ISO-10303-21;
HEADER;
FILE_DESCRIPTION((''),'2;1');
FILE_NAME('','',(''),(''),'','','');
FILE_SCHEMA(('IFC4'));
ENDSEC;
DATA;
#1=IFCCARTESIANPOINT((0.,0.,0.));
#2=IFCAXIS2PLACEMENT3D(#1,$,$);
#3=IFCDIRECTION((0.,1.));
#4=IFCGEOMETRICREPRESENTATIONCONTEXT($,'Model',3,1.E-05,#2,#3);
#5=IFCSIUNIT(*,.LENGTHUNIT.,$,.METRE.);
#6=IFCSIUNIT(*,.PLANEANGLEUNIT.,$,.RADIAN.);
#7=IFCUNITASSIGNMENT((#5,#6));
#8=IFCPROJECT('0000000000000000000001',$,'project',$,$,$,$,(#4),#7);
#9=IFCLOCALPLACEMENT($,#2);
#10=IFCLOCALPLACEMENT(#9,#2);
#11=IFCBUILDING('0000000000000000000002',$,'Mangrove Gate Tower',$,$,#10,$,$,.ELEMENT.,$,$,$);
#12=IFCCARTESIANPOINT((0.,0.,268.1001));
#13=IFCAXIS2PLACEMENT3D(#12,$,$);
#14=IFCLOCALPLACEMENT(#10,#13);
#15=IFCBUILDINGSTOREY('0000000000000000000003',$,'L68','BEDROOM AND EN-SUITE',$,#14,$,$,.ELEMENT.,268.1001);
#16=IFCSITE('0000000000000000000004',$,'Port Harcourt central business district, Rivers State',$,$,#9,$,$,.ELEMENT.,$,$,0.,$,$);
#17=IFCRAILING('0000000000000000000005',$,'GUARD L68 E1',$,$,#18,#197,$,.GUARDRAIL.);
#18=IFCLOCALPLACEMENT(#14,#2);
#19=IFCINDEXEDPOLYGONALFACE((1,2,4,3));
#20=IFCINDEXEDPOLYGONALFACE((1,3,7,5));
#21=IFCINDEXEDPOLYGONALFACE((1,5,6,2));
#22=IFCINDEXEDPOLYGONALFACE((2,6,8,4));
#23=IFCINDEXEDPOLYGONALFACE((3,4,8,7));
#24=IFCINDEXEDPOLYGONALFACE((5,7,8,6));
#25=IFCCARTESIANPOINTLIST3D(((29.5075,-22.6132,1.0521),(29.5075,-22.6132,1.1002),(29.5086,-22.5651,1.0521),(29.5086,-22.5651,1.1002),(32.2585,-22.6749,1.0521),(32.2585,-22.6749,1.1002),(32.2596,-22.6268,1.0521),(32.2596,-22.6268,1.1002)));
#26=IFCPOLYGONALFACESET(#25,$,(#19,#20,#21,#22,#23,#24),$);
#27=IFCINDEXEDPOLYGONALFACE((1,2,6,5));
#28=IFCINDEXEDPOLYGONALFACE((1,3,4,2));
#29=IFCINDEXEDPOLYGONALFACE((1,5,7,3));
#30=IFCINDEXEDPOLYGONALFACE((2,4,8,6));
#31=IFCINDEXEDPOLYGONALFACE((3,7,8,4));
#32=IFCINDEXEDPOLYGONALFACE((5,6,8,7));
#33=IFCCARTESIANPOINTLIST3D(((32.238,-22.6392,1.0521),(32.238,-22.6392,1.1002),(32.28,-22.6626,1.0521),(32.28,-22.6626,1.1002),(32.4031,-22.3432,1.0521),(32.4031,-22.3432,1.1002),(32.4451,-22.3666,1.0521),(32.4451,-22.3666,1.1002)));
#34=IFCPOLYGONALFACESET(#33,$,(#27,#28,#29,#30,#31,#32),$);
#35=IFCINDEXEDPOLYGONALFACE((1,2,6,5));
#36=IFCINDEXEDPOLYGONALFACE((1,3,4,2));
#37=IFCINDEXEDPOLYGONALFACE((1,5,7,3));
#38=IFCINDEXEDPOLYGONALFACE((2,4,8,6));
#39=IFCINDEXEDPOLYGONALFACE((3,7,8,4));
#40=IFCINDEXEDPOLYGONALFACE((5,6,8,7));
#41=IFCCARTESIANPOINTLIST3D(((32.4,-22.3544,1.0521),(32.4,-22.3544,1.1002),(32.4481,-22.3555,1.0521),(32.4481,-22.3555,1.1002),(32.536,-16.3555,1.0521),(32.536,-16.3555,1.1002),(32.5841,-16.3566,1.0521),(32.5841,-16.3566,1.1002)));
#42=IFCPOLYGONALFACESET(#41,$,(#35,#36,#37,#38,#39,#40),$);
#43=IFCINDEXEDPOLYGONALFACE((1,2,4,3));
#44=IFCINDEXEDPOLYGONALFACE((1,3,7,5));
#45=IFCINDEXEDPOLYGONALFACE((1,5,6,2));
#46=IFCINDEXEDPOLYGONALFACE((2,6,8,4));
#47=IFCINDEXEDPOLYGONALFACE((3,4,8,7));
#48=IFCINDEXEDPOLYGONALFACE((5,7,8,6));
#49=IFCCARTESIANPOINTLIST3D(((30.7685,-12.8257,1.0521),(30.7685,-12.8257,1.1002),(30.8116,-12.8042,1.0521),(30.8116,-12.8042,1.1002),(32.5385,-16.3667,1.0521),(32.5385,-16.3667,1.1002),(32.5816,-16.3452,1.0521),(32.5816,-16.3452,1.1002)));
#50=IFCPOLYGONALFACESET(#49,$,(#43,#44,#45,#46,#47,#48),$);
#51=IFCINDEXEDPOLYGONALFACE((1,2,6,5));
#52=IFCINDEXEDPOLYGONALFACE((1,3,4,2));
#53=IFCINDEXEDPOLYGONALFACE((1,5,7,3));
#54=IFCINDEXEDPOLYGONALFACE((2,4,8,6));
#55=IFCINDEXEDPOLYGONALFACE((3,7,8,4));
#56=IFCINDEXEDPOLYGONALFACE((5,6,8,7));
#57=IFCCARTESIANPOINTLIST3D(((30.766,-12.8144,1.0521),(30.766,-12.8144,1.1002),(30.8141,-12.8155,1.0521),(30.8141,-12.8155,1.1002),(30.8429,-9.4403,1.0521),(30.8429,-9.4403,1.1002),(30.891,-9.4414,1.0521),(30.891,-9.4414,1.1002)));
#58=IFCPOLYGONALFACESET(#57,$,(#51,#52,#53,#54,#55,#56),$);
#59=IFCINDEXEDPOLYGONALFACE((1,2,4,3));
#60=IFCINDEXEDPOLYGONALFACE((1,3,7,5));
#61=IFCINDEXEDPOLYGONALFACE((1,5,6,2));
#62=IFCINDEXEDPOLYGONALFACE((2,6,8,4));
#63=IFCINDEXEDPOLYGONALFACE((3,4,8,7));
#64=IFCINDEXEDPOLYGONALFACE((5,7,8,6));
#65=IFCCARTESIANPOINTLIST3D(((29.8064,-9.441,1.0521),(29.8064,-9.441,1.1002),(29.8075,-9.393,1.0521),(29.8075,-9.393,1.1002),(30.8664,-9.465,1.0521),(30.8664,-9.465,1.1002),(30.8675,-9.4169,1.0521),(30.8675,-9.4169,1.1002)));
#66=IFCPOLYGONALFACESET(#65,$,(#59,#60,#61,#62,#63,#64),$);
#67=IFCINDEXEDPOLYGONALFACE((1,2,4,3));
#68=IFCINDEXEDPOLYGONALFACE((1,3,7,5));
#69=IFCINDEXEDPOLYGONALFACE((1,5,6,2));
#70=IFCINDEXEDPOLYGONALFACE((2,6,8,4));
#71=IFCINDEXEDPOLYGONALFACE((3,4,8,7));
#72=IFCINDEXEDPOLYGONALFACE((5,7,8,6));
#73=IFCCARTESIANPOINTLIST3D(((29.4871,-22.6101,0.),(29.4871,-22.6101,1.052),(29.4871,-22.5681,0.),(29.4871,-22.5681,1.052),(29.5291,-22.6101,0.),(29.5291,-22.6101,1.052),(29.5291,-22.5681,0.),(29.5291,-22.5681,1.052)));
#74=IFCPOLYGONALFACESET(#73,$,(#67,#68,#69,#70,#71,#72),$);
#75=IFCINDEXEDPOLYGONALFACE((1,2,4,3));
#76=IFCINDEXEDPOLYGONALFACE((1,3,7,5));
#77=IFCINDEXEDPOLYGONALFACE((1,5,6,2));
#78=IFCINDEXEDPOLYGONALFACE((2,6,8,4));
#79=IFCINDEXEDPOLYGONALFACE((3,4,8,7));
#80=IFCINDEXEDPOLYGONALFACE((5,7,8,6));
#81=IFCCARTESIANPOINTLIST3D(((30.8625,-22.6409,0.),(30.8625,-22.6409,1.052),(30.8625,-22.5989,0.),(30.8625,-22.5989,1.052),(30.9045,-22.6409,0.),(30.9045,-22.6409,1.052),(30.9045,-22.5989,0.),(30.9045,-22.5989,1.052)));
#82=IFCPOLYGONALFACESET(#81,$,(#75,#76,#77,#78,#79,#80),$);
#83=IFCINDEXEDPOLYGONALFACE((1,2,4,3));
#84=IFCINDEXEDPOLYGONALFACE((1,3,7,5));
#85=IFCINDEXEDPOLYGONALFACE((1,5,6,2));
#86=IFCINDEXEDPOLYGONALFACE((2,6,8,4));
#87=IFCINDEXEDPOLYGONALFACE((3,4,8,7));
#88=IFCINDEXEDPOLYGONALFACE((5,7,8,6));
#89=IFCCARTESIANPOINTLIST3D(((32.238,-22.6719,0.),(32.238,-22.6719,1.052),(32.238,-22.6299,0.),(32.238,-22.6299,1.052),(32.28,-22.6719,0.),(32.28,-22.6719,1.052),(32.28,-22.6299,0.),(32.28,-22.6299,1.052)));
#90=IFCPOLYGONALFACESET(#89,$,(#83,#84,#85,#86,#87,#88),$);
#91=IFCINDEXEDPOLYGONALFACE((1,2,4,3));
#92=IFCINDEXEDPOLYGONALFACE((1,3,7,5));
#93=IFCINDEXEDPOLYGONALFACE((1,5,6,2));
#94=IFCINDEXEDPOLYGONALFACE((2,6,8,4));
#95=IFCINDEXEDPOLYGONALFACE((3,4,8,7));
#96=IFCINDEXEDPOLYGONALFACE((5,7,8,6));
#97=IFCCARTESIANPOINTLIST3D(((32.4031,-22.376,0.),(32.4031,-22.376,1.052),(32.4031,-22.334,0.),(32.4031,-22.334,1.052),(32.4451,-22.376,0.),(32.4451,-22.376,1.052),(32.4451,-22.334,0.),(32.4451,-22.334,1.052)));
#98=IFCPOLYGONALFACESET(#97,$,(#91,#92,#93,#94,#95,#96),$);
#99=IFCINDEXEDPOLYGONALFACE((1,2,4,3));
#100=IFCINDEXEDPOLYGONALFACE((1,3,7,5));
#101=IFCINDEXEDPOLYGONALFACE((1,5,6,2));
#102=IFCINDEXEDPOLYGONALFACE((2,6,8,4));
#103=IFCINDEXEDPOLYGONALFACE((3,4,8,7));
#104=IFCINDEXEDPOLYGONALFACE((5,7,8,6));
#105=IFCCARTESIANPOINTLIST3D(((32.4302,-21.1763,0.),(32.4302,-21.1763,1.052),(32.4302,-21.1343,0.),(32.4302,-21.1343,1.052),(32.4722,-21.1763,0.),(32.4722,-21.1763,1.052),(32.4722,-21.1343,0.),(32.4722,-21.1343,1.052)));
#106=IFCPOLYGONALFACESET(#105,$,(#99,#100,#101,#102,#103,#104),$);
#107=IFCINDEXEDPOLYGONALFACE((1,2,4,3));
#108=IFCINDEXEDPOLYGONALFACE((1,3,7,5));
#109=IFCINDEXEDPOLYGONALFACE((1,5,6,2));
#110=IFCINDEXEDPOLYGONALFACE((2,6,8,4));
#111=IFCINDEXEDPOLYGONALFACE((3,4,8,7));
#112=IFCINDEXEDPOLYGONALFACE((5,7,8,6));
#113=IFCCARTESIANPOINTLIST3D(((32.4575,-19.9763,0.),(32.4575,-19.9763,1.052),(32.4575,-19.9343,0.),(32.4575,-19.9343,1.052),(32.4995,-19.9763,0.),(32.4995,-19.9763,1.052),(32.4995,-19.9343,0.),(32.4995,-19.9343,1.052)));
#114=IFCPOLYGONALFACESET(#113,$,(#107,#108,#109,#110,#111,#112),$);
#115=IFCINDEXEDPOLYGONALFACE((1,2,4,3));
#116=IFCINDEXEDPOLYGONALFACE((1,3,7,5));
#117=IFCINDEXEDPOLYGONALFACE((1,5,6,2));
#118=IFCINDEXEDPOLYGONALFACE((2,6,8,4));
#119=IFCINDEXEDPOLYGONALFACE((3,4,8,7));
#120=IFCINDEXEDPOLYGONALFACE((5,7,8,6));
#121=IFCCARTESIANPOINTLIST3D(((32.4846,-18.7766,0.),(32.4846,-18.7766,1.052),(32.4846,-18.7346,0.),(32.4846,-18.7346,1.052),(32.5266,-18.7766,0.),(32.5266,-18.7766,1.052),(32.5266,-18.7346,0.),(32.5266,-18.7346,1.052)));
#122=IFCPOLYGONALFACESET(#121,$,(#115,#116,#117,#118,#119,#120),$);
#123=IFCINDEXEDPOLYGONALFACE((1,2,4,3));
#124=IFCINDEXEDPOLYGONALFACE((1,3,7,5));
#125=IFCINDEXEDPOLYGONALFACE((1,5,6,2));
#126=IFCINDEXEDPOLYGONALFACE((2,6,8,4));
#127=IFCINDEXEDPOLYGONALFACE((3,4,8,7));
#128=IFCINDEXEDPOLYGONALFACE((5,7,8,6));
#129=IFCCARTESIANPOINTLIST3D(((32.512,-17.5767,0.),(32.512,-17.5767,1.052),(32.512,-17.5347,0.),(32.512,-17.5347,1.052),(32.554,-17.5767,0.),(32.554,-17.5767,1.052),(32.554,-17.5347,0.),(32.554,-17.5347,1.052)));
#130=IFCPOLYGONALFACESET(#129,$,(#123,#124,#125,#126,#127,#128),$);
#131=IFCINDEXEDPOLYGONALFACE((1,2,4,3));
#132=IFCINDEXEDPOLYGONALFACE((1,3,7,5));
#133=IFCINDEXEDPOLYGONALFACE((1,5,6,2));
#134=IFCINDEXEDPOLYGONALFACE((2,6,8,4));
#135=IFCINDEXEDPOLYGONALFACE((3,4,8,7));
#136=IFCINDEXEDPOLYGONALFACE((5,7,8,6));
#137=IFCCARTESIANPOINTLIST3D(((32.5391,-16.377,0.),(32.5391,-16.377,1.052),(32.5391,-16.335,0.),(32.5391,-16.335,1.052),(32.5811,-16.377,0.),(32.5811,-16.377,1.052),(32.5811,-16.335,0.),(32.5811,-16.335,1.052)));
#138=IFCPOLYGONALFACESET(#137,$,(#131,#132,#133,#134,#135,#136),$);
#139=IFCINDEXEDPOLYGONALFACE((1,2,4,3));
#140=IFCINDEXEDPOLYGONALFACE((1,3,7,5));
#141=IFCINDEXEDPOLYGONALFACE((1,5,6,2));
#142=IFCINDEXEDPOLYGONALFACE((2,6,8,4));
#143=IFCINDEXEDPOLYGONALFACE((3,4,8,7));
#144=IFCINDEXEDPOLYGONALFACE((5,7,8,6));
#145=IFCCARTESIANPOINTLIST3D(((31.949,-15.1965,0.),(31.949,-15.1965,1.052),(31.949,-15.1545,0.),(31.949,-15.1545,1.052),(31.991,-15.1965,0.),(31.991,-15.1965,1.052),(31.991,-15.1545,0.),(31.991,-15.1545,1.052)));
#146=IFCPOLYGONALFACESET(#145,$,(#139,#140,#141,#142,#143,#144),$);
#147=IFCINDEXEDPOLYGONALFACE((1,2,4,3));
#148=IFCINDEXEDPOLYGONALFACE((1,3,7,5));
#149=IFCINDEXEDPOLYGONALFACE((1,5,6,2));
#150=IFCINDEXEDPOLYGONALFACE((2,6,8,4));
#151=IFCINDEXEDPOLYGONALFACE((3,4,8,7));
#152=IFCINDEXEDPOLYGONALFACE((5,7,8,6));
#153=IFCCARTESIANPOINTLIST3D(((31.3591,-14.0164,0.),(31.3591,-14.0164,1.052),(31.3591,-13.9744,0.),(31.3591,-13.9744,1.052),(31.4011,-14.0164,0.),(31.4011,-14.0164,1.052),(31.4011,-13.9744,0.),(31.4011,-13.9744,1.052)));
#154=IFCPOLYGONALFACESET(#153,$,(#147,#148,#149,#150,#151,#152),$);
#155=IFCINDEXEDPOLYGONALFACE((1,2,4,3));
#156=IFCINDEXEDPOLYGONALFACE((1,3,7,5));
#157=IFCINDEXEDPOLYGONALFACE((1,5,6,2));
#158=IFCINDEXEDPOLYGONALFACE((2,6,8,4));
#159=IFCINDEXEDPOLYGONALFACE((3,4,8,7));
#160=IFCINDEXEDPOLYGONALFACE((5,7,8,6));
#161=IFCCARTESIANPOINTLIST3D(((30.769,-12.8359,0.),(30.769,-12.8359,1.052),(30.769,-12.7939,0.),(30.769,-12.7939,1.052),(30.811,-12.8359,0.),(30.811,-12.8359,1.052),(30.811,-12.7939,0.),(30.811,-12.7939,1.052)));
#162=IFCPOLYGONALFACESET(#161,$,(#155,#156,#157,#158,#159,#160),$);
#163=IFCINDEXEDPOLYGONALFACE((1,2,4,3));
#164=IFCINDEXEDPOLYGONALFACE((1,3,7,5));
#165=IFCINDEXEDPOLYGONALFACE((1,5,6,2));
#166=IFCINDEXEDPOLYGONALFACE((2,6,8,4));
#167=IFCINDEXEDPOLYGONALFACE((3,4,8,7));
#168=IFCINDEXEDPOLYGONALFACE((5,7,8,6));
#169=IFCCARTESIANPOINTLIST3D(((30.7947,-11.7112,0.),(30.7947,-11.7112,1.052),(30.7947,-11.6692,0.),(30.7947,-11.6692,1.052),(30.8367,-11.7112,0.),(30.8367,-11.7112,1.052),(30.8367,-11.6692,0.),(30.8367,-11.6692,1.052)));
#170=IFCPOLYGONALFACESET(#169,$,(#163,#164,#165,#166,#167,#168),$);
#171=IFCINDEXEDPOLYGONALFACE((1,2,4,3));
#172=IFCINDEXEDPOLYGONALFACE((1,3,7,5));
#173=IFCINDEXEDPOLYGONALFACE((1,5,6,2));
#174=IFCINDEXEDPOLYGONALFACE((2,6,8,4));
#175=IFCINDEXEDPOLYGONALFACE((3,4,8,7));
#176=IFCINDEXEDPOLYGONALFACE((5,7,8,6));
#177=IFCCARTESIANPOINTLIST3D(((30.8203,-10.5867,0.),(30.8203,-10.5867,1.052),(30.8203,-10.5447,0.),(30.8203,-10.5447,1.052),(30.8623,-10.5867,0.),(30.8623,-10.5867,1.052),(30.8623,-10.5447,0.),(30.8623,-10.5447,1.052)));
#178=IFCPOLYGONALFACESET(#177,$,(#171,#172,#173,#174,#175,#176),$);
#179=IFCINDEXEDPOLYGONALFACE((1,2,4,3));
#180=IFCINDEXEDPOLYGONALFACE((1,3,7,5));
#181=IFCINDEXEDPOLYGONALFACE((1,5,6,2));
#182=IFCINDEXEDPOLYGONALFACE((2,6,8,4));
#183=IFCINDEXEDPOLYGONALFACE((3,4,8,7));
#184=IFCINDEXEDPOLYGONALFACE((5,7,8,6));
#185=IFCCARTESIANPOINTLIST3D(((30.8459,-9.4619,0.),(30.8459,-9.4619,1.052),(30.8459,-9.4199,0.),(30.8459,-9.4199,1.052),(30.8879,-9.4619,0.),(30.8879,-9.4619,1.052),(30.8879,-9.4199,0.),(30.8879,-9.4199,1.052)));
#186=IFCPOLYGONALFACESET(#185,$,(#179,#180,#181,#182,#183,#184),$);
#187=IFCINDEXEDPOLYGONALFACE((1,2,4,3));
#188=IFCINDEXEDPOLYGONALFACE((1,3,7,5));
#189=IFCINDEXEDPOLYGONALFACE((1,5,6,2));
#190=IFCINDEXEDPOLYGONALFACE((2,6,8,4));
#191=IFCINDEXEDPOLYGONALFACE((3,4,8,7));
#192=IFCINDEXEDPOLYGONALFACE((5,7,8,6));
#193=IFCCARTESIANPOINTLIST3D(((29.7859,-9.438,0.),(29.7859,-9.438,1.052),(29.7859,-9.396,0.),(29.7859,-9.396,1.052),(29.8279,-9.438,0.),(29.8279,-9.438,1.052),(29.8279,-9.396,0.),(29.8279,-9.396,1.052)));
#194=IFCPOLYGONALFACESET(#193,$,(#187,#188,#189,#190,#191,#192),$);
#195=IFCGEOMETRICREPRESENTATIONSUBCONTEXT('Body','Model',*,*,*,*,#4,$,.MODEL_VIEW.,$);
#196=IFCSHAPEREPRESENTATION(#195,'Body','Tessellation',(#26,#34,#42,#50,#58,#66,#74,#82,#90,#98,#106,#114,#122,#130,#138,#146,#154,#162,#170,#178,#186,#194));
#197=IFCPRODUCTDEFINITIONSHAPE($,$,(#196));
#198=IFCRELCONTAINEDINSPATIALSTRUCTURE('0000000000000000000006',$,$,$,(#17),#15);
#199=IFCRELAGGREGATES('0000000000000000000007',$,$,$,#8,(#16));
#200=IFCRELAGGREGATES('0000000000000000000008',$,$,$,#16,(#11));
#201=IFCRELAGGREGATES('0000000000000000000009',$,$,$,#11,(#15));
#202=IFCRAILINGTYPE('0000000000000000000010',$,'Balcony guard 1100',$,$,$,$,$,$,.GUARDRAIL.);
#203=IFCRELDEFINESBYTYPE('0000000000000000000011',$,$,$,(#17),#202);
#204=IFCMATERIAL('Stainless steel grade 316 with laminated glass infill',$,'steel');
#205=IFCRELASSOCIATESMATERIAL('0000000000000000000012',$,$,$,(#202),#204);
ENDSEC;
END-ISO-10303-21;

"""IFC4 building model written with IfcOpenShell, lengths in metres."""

from ifc_helpers import new_model, si_unit, direction, frame, origin, origin_2d, place, context, subcontext, project, spatial, rectangle, extrude, material, type_object, element, save


model = new_model("IFC4")

# Units and contexts
model_context = context("Model", 3, precision=1e-05, world=origin(), true_north=direction((0.0, 1.0)))
body_context = subcontext(model_context, "Body", "Model", "MODEL_VIEW")
ifc_project = project(units=[si_unit("LENGTHUNIT", "METRE"), si_unit("PLANEANGLEUNIT", "RADIAN")], contexts=[model_context])

# Site, building, storey
site_placement = place(None, origin())
site = spatial("IfcSite", under=ifc_project, at=site_placement, Name="Port Harcourt central business district, Rivers State", CompositionType="ELEMENT", RefElevation=0.0)
building_placement = place(site_placement, origin())
building = spatial("IfcBuilding", under=site, at=building_placement, Name="Mangrove Gate Tower", CompositionType="ELEMENT")
storey_placement = place(building_placement, frame((0.0, 0.0, 268.1001)))
storey = spatial("IfcBuildingStorey", under=building, at=storey_placement, Name="L68", Description="BEDROOM AND EN-SUITE", CompositionType="ELEMENT", Elevation=268.1001)

# Railing
ifc_material_1 = material(Name="Stainless steel grade 316 with laminated glass infill", Category="steel")
railing_type = type_object("IfcRailingType", Name="Balcony guard 1100", PredefinedType="GUARDRAIL", material=ifc_material_1)
railing_placement = place(storey_placement, frame((29.5081, -22.5891, 0.0)))
element("IfcRailing", 1, at=railing_placement, inside=storey, type_object=railing_type, Name="GUARD L68 E1", PredefinedType="GUARDRAIL", context=body_context, shape_type="SweptSolid", body=[
    extrude(rectangle(XDim=0.0481, YDim=0.0481, at=origin_2d()), frame((0.0, 0.0, 1.0762), z_axis=(0.999748, -0.022447, 0.0), x_axis=(0.022447, 0.999748, 0.0)), (0.0, 0.0, 1.0), 2.7517),
    extrude(rectangle(XDim=0.0481, YDim=0.0481, at=origin_2d()), frame((2.751, -0.0618, 1.0762), z_axis=(0.487111, 0.87334, 0.0), x_axis=(-0.87334, 0.487111, 0.0)), (0.0, 0.0, 1.0), 0.3389),
    extrude(rectangle(XDim=0.0481, YDim=0.0481, at=origin_2d()), frame((2.916, 0.2341, 1.0762), z_axis=(0.022662, 0.999743, 0.0), x_axis=(-0.999743, 0.022662, 0.0)), (0.0, 0.0, 1.0), 6.0005),
    extrude(rectangle(XDim=0.0481, YDim=0.0481, at=origin_2d()), frame((3.052, 6.2332, 1.0762), z_axis=(-0.447115, 0.894477, 0.0), x_axis=(-0.894477, -0.447115, 0.0)), (0.0, 0.0, 1.0), 3.9587),
    extrude(rectangle(XDim=0.0481, YDim=0.0481, at=origin_2d()), frame((1.282, 9.7742, 1.0762), z_axis=(0.022787, 0.99974, 0.0), x_axis=(-0.99974, 0.022787, 0.0)), (0.0, 0.0, 1.0), 3.375),
    extrude(rectangle(XDim=0.0481, YDim=0.0481, at=origin_2d()), frame((1.3589, 13.1482, 1.0762), z_axis=(-0.999745, 0.022564, 0.0), x_axis=(-0.022564, -0.999745, 0.0)), (0.0, 0.0, 1.0), 1.0603),
    extrude(rectangle(XDim=0.042, YDim=0.042, at=origin_2d()), origin(), (0.0, 0.0, 1.0), 1.052),
    extrude(rectangle(XDim=0.042, YDim=0.042, at=origin_2d()), frame((1.3755, -0.0308, 0.0)), (0.0, 0.0, 1.0), 1.052),
    extrude(rectangle(XDim=0.042, YDim=0.042, at=origin_2d()), frame((2.751, -0.0618, 0.0)), (0.0, 0.0, 1.0), 1.052),
    extrude(rectangle(XDim=0.042, YDim=0.042, at=origin_2d()), frame((2.916, 0.2341, 0.0)), (0.0, 0.0, 1.0), 1.052),
    extrude(rectangle(XDim=0.042, YDim=0.042, at=origin_2d()), frame((2.9431, 1.4338, 0.0)), (0.0, 0.0, 1.0), 1.052),
    extrude(rectangle(XDim=0.042, YDim=0.042, at=origin_2d()), frame((2.9705, 2.6338, 0.0)), (0.0, 0.0, 1.0), 1.052),
    extrude(rectangle(XDim=0.042, YDim=0.042, at=origin_2d()), frame((2.9976, 3.8335, 0.0)), (0.0, 0.0, 1.0), 1.052),
    extrude(rectangle(XDim=0.042, YDim=0.042, at=origin_2d()), frame((3.0249, 5.0334, 0.0)), (0.0, 0.0, 1.0), 1.052),
    extrude(rectangle(XDim=0.042, YDim=0.042, at=origin_2d()), frame((3.052, 6.2332, 0.0)), (0.0, 0.0, 1.0), 1.052),
    extrude(rectangle(XDim=0.042, YDim=0.042, at=origin_2d()), frame((2.4619, 7.4136, 0.0)), (0.0, 0.0, 1.0), 1.052),
    extrude(rectangle(XDim=0.042, YDim=0.042, at=origin_2d()), frame((1.8721, 8.5938, 0.0)), (0.0, 0.0, 1.0), 1.052),
    extrude(rectangle(XDim=0.042, YDim=0.042, at=origin_2d()), frame((1.282, 9.7742, 0.0)), (0.0, 0.0, 1.0), 1.052),
    extrude(rectangle(XDim=0.042, YDim=0.042, at=origin_2d()), frame((1.3076, 10.8989, 0.0)), (0.0, 0.0, 1.0), 1.052),
    extrude(rectangle(XDim=0.042, YDim=0.042, at=origin_2d()), frame((1.3333, 12.0234, 0.0)), (0.0, 0.0, 1.0), 1.052),
    extrude(rectangle(XDim=0.042, YDim=0.042, at=origin_2d()), frame((1.3589, 13.1482, 0.0)), (0.0, 0.0, 1.0), 1.052),
    extrude(rectangle(XDim=0.042, YDim=0.042, at=origin_2d()), frame((0.2988, 13.1721, 0.0)), (0.0, 0.0, 1.0), 1.052),
])

save(model, "model.ifc")
